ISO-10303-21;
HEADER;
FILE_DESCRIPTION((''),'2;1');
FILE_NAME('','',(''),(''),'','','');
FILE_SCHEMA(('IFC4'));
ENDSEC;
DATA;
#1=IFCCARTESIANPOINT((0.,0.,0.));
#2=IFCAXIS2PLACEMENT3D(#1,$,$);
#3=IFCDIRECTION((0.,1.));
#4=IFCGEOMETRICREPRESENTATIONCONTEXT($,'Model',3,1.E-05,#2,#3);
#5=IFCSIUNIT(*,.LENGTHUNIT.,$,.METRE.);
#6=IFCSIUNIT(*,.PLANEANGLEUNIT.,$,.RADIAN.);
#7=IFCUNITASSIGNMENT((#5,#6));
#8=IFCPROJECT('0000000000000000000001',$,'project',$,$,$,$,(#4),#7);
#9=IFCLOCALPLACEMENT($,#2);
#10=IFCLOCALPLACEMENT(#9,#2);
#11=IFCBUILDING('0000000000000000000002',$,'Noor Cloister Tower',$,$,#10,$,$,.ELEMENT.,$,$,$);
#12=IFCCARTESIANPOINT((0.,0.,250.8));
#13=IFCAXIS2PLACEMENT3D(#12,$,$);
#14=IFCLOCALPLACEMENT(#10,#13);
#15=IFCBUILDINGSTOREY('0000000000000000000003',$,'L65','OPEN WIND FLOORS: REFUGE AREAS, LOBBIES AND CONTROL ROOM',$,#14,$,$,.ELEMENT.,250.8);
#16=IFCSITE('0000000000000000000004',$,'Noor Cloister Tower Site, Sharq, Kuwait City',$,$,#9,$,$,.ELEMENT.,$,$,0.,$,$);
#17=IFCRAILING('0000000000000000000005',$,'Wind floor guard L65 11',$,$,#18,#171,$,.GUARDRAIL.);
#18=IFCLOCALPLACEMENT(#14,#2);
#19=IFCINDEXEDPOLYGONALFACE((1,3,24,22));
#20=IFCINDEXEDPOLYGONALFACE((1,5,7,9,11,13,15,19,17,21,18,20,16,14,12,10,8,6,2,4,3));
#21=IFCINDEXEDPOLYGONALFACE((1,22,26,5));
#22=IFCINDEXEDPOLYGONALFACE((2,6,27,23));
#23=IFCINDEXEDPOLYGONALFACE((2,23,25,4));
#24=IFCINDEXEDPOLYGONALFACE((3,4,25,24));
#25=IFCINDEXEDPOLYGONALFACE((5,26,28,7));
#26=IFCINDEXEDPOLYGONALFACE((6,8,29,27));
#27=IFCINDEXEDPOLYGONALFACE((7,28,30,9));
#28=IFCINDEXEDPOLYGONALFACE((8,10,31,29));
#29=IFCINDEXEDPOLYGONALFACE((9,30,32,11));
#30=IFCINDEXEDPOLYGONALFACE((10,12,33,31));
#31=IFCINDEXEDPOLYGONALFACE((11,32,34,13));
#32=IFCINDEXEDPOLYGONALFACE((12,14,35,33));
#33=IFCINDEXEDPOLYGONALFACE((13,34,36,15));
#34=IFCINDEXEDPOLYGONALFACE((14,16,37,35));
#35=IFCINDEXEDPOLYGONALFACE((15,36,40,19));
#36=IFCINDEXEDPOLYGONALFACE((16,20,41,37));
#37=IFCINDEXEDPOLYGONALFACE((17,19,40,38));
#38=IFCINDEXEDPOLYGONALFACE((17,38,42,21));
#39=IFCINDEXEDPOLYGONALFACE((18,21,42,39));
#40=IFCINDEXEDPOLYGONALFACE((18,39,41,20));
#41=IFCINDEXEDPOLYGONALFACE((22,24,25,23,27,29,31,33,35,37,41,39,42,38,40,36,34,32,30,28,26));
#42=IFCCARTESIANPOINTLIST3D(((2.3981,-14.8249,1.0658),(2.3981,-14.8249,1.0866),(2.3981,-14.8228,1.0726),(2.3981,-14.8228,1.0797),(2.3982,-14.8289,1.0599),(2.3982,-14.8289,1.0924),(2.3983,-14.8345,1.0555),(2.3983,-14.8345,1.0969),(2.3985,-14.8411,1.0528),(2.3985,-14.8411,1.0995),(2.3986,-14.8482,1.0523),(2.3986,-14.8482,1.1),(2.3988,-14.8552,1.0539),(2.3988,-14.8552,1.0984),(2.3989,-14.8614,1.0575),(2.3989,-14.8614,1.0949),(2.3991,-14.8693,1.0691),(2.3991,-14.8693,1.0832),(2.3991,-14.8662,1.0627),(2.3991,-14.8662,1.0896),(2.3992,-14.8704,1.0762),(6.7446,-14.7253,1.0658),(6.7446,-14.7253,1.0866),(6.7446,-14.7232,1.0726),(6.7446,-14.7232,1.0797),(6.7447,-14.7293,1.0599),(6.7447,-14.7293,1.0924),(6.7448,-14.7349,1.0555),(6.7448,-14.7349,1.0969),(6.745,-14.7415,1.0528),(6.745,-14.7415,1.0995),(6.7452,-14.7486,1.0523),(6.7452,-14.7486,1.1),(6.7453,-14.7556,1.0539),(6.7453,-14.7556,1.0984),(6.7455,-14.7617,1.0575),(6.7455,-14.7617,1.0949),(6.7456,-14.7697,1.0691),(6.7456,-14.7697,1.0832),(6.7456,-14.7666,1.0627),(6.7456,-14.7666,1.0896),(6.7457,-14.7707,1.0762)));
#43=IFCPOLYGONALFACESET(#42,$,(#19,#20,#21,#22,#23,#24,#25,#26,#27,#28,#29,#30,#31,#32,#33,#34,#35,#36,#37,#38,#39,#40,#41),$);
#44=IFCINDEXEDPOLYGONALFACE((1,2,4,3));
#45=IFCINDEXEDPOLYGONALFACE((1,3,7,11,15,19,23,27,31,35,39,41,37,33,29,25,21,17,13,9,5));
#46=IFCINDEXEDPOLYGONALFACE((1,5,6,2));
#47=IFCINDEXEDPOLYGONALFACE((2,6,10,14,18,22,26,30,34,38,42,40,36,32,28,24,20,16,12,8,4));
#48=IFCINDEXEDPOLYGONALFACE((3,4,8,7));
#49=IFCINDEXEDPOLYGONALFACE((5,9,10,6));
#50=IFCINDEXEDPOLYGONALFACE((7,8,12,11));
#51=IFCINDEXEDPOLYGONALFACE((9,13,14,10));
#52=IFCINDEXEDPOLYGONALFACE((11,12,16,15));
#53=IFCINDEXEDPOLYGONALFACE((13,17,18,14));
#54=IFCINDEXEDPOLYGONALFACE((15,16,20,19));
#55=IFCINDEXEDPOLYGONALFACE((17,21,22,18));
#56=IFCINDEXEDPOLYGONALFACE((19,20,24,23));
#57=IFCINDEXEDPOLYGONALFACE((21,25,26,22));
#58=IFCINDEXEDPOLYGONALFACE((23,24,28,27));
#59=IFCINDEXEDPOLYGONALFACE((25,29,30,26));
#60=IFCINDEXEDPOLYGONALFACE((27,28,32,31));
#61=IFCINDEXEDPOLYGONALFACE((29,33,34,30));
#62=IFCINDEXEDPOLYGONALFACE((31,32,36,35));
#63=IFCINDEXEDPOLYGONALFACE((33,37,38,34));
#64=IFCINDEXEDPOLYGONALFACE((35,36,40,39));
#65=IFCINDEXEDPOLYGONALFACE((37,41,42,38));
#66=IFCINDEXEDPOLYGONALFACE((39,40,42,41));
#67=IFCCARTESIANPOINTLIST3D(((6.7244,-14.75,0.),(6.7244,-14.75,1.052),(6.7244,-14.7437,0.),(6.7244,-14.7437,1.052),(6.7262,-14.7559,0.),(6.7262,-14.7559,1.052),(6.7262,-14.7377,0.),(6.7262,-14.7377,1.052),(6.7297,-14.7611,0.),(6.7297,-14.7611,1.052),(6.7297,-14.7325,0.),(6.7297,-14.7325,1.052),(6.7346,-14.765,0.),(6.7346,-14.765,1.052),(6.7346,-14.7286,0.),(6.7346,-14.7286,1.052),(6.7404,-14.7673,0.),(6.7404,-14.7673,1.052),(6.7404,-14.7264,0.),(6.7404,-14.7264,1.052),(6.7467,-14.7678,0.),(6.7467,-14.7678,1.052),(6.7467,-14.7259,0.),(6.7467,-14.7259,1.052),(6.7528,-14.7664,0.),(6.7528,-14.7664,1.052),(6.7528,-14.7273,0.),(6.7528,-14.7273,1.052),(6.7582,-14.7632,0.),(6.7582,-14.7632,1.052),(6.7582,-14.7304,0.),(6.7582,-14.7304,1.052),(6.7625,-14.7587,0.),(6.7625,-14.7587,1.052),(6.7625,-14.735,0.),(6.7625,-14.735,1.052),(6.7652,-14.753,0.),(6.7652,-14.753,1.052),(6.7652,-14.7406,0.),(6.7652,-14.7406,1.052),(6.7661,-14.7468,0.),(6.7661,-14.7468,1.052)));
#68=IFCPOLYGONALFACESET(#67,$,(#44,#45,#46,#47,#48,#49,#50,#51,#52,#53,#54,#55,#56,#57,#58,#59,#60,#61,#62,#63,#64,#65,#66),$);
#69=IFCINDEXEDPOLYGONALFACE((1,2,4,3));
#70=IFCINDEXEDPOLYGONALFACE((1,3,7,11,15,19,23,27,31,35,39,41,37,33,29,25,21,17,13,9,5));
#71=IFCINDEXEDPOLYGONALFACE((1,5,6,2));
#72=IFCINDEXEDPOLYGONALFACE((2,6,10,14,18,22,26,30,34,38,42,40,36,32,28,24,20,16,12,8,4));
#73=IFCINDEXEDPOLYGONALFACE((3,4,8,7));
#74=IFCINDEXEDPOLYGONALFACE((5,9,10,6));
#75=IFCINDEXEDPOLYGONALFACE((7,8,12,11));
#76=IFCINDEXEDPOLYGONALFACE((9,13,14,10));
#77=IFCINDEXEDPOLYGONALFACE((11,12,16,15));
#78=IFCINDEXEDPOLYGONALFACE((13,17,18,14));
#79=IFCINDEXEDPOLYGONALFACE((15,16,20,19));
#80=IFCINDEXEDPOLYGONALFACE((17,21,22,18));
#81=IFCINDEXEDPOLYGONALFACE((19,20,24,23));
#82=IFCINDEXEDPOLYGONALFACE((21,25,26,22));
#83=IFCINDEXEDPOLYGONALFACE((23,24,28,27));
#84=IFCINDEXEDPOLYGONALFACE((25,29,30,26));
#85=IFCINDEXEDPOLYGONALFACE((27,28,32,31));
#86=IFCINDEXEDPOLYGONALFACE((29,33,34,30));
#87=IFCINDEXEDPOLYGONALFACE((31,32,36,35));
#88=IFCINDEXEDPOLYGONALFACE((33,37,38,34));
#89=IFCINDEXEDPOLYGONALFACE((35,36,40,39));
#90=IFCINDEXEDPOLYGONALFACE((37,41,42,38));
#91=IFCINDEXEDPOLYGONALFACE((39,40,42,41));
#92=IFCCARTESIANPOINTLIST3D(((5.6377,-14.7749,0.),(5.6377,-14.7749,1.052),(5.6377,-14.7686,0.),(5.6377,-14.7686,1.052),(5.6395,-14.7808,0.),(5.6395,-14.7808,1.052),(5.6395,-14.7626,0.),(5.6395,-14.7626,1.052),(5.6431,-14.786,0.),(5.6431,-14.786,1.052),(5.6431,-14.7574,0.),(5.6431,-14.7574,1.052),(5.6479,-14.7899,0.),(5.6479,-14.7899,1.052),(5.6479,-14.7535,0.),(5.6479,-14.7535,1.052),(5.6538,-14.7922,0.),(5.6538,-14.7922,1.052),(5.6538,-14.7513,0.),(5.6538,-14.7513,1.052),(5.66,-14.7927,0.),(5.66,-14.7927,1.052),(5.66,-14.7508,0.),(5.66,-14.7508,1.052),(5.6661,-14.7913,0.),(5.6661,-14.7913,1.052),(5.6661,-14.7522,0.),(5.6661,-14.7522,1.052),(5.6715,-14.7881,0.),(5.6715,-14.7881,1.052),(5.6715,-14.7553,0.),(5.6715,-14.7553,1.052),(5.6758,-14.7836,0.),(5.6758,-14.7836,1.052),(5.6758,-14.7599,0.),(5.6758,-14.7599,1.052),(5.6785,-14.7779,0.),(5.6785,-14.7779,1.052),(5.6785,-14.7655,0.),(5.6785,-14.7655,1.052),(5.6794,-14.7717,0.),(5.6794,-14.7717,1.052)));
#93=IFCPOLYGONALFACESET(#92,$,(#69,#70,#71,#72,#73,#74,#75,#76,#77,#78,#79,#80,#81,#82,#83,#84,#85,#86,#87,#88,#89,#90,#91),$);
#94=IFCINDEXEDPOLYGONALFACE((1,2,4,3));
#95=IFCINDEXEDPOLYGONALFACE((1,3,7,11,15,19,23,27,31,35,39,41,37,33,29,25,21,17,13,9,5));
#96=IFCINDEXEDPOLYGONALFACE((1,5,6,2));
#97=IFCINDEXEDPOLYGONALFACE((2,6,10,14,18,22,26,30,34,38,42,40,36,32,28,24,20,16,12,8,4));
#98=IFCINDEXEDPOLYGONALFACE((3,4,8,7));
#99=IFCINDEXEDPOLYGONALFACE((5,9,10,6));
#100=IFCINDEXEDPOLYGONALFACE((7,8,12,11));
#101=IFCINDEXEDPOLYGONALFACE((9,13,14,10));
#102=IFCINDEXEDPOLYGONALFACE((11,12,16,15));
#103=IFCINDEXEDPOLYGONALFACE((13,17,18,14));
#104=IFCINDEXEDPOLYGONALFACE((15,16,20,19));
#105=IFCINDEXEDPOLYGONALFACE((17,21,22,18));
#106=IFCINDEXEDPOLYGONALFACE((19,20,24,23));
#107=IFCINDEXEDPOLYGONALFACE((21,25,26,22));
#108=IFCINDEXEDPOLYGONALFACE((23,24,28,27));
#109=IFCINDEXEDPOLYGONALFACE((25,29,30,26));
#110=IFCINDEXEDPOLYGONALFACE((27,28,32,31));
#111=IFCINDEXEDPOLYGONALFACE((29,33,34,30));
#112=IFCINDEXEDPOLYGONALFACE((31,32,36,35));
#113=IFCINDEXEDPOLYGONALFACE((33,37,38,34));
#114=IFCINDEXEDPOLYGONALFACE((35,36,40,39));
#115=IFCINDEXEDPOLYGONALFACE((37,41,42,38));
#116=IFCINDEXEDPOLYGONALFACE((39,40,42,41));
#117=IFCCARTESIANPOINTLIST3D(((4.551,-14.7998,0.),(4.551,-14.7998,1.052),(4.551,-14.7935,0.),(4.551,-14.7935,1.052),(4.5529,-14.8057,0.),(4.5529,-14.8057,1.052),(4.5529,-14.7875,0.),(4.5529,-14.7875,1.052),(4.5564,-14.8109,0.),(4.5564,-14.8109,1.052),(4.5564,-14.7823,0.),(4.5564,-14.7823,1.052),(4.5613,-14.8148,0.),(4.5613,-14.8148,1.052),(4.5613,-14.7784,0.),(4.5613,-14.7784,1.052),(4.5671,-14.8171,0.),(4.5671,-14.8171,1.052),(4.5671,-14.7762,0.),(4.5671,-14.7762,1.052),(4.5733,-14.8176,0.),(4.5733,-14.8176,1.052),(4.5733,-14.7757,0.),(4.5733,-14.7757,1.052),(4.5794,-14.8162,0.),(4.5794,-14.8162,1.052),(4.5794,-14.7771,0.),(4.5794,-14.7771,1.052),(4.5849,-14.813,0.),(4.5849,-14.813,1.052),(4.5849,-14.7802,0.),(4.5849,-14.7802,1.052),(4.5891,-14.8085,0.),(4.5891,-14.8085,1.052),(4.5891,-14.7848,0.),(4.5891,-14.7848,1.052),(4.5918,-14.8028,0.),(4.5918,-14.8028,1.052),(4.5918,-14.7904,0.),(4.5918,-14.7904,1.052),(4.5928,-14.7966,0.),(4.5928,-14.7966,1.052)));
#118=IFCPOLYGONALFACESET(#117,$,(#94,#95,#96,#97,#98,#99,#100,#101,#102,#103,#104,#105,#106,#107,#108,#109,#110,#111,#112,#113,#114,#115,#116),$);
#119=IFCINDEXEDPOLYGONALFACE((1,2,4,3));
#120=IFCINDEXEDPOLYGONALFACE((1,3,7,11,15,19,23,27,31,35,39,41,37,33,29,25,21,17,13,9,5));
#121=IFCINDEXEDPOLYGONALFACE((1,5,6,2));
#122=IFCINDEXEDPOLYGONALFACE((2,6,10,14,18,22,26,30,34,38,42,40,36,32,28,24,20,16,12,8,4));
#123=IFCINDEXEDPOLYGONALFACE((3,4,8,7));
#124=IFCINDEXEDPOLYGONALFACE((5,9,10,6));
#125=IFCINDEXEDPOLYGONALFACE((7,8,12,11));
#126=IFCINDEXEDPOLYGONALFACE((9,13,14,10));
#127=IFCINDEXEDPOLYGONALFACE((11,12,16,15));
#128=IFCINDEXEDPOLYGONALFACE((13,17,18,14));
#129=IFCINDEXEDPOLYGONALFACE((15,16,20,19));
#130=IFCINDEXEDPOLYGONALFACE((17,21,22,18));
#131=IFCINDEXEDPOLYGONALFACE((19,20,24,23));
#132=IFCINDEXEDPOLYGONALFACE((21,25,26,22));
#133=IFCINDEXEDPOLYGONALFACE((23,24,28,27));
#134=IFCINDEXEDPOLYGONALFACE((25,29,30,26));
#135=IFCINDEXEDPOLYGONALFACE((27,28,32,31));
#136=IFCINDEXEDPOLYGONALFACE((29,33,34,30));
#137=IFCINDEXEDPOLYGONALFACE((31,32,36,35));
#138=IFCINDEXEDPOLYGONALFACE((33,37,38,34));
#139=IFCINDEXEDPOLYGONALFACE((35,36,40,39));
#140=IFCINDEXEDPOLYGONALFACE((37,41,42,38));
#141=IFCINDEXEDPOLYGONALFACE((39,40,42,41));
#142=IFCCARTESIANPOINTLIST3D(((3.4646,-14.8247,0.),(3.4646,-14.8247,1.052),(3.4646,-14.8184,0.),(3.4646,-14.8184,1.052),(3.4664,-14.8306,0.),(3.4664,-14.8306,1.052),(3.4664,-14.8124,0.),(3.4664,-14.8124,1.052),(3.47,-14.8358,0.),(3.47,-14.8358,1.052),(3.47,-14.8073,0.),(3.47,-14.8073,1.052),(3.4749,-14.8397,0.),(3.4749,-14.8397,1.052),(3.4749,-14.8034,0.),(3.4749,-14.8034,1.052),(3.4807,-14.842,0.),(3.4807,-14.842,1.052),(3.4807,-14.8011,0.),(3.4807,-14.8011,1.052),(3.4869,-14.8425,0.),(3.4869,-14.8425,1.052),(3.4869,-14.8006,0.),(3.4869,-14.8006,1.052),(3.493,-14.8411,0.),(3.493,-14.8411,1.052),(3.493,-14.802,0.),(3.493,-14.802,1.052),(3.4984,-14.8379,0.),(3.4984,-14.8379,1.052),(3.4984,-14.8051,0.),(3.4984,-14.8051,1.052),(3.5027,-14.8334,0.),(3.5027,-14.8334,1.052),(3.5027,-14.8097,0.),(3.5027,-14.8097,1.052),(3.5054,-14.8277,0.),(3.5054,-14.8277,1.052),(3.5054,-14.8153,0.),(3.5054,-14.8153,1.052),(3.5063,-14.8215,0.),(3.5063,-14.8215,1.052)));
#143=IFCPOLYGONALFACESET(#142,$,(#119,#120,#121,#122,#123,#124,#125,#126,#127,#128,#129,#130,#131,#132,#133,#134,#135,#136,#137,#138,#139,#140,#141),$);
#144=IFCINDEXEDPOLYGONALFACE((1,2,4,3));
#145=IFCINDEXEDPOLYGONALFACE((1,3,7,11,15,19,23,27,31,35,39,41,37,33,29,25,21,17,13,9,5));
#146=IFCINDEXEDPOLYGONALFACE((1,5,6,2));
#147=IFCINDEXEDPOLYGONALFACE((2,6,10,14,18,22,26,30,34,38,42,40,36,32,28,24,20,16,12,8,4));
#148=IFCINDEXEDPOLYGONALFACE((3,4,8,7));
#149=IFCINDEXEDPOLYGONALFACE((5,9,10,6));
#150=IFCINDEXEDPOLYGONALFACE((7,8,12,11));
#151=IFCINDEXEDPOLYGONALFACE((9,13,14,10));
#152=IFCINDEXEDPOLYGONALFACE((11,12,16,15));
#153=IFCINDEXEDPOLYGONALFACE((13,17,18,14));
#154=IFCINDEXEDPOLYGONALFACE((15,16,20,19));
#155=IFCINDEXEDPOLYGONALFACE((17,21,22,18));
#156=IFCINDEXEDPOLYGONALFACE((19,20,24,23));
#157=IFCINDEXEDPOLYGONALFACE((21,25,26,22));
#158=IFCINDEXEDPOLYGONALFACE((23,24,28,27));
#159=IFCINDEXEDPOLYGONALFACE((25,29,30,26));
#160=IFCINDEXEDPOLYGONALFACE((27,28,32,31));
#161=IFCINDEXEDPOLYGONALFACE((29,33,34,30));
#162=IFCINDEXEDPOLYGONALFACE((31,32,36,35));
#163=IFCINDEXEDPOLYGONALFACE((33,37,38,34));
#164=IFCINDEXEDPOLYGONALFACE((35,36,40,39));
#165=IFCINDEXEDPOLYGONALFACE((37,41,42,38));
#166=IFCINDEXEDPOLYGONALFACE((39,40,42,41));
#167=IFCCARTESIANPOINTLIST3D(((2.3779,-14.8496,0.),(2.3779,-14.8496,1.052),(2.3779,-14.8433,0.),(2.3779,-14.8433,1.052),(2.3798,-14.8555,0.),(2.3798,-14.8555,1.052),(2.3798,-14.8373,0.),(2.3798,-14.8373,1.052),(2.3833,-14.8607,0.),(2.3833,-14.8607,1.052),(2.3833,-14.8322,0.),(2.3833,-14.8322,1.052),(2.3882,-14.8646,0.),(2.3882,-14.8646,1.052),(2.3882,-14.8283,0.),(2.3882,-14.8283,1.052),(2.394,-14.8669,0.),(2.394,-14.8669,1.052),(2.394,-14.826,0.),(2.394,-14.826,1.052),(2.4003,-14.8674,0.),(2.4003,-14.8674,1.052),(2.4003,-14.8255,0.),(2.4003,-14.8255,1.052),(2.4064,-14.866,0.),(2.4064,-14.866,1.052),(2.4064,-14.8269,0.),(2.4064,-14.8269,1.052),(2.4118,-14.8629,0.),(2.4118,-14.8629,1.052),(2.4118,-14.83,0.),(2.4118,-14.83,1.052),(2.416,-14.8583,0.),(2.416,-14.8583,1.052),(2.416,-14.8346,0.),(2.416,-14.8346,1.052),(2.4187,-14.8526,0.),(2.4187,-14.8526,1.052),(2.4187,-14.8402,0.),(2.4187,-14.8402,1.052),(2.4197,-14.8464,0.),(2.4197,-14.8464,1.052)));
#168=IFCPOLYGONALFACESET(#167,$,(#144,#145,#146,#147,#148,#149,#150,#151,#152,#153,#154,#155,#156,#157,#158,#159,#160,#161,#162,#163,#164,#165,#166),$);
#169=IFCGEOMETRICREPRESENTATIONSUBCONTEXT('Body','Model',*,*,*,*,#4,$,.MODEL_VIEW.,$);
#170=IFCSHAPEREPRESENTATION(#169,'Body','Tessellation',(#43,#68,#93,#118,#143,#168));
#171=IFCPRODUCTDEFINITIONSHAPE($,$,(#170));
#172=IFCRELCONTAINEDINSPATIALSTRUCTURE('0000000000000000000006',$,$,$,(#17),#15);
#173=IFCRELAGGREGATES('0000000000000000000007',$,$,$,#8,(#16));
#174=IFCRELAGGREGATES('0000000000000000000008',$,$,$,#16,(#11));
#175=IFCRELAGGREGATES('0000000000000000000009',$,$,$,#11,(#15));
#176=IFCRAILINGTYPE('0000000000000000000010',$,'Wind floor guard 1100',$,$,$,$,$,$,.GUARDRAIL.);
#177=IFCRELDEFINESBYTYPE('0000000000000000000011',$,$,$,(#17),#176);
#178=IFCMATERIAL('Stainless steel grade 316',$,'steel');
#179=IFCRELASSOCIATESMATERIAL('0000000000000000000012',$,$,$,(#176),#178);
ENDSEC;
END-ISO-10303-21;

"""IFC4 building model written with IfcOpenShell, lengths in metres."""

from ifc_helpers import new_model, si_unit, direction, frame, origin, origin_2d, place, context, subcontext, project, spatial, circle, extrude, material, type_object, element, save


model = new_model("IFC4")

# Units and contexts
model_context = context("Model", 3, precision=1e-05, world=origin(), true_north=direction((0.0, 1.0)))
body_context = subcontext(model_context, "Body", "Model", "MODEL_VIEW")
ifc_project = project(units=[si_unit("LENGTHUNIT", "METRE"), si_unit("PLANEANGLEUNIT", "RADIAN")], contexts=[model_context])

# Site, building, storey
site_placement = place(None, origin())
site = spatial("IfcSite", under=ifc_project, at=site_placement, Name="Noor Cloister Tower Site, Sharq, Kuwait City", CompositionType="ELEMENT", RefElevation=0.0)
building_placement = place(site_placement, origin())
building = spatial("IfcBuilding", under=site, at=building_placement, Name="Noor Cloister Tower", CompositionType="ELEMENT")
storey_placement = place(building_placement, frame((0.0, 0.0, 250.8)))
storey = spatial("IfcBuildingStorey", under=building, at=storey_placement, Name="L65", Description="OPEN WIND FLOORS: REFUGE AREAS, LOBBIES AND CONTROL ROOM", CompositionType="ELEMENT", Elevation=250.8)

# Railing
ifc_material_1 = material(Name="Stainless steel grade 316", Category="steel")
railing_type_1 = type_object("IfcRailingType", Name="Wind floor guard 1100", PredefinedType="GUARDRAIL", material=ifc_material_1)
railing_1_placement = place(storey_placement, frame((6.7451, -14.7468, 0.0)))
element("IfcRailing", 1, at=railing_1_placement, inside=storey, type_object=railing_type_1, Name="Wind floor guard L65 11", PredefinedType="GUARDRAIL", context=body_context, shape_type="SweptSolid", body=[
    extrude(circle(Radius=0.0239, at=origin_2d()), frame((0.0, 0.0, 1.0762), z_axis=(-0.999737, -0.022911, 0.0), x_axis=(0.022911, -0.999737, 0.0)), (0.0, 0.0, 1.0), 4.3477),
    extrude(circle(Radius=0.021, at=origin_2d()), origin(), (0.0, 0.0, 1.0), 1.052),
    extrude(circle(Radius=0.021, at=origin_2d()), frame((-1.0867, -0.0249, 0.0)), (0.0, 0.0, 1.0), 1.052),
    extrude(circle(Radius=0.021, at=origin_2d()), frame((-2.1733, -0.0498, 0.0)), (0.0, 0.0, 1.0), 1.052),
    extrude(circle(Radius=0.021, at=origin_2d()), frame((-3.2598, -0.0747, 0.0)), (0.0, 0.0, 1.0), 1.052),
    extrude(circle(Radius=0.021, at=origin_2d()), frame((-4.3464, -0.0996, 0.0)), (0.0, 0.0, 1.0), 1.052),
])

save(model, "model.ifc")
